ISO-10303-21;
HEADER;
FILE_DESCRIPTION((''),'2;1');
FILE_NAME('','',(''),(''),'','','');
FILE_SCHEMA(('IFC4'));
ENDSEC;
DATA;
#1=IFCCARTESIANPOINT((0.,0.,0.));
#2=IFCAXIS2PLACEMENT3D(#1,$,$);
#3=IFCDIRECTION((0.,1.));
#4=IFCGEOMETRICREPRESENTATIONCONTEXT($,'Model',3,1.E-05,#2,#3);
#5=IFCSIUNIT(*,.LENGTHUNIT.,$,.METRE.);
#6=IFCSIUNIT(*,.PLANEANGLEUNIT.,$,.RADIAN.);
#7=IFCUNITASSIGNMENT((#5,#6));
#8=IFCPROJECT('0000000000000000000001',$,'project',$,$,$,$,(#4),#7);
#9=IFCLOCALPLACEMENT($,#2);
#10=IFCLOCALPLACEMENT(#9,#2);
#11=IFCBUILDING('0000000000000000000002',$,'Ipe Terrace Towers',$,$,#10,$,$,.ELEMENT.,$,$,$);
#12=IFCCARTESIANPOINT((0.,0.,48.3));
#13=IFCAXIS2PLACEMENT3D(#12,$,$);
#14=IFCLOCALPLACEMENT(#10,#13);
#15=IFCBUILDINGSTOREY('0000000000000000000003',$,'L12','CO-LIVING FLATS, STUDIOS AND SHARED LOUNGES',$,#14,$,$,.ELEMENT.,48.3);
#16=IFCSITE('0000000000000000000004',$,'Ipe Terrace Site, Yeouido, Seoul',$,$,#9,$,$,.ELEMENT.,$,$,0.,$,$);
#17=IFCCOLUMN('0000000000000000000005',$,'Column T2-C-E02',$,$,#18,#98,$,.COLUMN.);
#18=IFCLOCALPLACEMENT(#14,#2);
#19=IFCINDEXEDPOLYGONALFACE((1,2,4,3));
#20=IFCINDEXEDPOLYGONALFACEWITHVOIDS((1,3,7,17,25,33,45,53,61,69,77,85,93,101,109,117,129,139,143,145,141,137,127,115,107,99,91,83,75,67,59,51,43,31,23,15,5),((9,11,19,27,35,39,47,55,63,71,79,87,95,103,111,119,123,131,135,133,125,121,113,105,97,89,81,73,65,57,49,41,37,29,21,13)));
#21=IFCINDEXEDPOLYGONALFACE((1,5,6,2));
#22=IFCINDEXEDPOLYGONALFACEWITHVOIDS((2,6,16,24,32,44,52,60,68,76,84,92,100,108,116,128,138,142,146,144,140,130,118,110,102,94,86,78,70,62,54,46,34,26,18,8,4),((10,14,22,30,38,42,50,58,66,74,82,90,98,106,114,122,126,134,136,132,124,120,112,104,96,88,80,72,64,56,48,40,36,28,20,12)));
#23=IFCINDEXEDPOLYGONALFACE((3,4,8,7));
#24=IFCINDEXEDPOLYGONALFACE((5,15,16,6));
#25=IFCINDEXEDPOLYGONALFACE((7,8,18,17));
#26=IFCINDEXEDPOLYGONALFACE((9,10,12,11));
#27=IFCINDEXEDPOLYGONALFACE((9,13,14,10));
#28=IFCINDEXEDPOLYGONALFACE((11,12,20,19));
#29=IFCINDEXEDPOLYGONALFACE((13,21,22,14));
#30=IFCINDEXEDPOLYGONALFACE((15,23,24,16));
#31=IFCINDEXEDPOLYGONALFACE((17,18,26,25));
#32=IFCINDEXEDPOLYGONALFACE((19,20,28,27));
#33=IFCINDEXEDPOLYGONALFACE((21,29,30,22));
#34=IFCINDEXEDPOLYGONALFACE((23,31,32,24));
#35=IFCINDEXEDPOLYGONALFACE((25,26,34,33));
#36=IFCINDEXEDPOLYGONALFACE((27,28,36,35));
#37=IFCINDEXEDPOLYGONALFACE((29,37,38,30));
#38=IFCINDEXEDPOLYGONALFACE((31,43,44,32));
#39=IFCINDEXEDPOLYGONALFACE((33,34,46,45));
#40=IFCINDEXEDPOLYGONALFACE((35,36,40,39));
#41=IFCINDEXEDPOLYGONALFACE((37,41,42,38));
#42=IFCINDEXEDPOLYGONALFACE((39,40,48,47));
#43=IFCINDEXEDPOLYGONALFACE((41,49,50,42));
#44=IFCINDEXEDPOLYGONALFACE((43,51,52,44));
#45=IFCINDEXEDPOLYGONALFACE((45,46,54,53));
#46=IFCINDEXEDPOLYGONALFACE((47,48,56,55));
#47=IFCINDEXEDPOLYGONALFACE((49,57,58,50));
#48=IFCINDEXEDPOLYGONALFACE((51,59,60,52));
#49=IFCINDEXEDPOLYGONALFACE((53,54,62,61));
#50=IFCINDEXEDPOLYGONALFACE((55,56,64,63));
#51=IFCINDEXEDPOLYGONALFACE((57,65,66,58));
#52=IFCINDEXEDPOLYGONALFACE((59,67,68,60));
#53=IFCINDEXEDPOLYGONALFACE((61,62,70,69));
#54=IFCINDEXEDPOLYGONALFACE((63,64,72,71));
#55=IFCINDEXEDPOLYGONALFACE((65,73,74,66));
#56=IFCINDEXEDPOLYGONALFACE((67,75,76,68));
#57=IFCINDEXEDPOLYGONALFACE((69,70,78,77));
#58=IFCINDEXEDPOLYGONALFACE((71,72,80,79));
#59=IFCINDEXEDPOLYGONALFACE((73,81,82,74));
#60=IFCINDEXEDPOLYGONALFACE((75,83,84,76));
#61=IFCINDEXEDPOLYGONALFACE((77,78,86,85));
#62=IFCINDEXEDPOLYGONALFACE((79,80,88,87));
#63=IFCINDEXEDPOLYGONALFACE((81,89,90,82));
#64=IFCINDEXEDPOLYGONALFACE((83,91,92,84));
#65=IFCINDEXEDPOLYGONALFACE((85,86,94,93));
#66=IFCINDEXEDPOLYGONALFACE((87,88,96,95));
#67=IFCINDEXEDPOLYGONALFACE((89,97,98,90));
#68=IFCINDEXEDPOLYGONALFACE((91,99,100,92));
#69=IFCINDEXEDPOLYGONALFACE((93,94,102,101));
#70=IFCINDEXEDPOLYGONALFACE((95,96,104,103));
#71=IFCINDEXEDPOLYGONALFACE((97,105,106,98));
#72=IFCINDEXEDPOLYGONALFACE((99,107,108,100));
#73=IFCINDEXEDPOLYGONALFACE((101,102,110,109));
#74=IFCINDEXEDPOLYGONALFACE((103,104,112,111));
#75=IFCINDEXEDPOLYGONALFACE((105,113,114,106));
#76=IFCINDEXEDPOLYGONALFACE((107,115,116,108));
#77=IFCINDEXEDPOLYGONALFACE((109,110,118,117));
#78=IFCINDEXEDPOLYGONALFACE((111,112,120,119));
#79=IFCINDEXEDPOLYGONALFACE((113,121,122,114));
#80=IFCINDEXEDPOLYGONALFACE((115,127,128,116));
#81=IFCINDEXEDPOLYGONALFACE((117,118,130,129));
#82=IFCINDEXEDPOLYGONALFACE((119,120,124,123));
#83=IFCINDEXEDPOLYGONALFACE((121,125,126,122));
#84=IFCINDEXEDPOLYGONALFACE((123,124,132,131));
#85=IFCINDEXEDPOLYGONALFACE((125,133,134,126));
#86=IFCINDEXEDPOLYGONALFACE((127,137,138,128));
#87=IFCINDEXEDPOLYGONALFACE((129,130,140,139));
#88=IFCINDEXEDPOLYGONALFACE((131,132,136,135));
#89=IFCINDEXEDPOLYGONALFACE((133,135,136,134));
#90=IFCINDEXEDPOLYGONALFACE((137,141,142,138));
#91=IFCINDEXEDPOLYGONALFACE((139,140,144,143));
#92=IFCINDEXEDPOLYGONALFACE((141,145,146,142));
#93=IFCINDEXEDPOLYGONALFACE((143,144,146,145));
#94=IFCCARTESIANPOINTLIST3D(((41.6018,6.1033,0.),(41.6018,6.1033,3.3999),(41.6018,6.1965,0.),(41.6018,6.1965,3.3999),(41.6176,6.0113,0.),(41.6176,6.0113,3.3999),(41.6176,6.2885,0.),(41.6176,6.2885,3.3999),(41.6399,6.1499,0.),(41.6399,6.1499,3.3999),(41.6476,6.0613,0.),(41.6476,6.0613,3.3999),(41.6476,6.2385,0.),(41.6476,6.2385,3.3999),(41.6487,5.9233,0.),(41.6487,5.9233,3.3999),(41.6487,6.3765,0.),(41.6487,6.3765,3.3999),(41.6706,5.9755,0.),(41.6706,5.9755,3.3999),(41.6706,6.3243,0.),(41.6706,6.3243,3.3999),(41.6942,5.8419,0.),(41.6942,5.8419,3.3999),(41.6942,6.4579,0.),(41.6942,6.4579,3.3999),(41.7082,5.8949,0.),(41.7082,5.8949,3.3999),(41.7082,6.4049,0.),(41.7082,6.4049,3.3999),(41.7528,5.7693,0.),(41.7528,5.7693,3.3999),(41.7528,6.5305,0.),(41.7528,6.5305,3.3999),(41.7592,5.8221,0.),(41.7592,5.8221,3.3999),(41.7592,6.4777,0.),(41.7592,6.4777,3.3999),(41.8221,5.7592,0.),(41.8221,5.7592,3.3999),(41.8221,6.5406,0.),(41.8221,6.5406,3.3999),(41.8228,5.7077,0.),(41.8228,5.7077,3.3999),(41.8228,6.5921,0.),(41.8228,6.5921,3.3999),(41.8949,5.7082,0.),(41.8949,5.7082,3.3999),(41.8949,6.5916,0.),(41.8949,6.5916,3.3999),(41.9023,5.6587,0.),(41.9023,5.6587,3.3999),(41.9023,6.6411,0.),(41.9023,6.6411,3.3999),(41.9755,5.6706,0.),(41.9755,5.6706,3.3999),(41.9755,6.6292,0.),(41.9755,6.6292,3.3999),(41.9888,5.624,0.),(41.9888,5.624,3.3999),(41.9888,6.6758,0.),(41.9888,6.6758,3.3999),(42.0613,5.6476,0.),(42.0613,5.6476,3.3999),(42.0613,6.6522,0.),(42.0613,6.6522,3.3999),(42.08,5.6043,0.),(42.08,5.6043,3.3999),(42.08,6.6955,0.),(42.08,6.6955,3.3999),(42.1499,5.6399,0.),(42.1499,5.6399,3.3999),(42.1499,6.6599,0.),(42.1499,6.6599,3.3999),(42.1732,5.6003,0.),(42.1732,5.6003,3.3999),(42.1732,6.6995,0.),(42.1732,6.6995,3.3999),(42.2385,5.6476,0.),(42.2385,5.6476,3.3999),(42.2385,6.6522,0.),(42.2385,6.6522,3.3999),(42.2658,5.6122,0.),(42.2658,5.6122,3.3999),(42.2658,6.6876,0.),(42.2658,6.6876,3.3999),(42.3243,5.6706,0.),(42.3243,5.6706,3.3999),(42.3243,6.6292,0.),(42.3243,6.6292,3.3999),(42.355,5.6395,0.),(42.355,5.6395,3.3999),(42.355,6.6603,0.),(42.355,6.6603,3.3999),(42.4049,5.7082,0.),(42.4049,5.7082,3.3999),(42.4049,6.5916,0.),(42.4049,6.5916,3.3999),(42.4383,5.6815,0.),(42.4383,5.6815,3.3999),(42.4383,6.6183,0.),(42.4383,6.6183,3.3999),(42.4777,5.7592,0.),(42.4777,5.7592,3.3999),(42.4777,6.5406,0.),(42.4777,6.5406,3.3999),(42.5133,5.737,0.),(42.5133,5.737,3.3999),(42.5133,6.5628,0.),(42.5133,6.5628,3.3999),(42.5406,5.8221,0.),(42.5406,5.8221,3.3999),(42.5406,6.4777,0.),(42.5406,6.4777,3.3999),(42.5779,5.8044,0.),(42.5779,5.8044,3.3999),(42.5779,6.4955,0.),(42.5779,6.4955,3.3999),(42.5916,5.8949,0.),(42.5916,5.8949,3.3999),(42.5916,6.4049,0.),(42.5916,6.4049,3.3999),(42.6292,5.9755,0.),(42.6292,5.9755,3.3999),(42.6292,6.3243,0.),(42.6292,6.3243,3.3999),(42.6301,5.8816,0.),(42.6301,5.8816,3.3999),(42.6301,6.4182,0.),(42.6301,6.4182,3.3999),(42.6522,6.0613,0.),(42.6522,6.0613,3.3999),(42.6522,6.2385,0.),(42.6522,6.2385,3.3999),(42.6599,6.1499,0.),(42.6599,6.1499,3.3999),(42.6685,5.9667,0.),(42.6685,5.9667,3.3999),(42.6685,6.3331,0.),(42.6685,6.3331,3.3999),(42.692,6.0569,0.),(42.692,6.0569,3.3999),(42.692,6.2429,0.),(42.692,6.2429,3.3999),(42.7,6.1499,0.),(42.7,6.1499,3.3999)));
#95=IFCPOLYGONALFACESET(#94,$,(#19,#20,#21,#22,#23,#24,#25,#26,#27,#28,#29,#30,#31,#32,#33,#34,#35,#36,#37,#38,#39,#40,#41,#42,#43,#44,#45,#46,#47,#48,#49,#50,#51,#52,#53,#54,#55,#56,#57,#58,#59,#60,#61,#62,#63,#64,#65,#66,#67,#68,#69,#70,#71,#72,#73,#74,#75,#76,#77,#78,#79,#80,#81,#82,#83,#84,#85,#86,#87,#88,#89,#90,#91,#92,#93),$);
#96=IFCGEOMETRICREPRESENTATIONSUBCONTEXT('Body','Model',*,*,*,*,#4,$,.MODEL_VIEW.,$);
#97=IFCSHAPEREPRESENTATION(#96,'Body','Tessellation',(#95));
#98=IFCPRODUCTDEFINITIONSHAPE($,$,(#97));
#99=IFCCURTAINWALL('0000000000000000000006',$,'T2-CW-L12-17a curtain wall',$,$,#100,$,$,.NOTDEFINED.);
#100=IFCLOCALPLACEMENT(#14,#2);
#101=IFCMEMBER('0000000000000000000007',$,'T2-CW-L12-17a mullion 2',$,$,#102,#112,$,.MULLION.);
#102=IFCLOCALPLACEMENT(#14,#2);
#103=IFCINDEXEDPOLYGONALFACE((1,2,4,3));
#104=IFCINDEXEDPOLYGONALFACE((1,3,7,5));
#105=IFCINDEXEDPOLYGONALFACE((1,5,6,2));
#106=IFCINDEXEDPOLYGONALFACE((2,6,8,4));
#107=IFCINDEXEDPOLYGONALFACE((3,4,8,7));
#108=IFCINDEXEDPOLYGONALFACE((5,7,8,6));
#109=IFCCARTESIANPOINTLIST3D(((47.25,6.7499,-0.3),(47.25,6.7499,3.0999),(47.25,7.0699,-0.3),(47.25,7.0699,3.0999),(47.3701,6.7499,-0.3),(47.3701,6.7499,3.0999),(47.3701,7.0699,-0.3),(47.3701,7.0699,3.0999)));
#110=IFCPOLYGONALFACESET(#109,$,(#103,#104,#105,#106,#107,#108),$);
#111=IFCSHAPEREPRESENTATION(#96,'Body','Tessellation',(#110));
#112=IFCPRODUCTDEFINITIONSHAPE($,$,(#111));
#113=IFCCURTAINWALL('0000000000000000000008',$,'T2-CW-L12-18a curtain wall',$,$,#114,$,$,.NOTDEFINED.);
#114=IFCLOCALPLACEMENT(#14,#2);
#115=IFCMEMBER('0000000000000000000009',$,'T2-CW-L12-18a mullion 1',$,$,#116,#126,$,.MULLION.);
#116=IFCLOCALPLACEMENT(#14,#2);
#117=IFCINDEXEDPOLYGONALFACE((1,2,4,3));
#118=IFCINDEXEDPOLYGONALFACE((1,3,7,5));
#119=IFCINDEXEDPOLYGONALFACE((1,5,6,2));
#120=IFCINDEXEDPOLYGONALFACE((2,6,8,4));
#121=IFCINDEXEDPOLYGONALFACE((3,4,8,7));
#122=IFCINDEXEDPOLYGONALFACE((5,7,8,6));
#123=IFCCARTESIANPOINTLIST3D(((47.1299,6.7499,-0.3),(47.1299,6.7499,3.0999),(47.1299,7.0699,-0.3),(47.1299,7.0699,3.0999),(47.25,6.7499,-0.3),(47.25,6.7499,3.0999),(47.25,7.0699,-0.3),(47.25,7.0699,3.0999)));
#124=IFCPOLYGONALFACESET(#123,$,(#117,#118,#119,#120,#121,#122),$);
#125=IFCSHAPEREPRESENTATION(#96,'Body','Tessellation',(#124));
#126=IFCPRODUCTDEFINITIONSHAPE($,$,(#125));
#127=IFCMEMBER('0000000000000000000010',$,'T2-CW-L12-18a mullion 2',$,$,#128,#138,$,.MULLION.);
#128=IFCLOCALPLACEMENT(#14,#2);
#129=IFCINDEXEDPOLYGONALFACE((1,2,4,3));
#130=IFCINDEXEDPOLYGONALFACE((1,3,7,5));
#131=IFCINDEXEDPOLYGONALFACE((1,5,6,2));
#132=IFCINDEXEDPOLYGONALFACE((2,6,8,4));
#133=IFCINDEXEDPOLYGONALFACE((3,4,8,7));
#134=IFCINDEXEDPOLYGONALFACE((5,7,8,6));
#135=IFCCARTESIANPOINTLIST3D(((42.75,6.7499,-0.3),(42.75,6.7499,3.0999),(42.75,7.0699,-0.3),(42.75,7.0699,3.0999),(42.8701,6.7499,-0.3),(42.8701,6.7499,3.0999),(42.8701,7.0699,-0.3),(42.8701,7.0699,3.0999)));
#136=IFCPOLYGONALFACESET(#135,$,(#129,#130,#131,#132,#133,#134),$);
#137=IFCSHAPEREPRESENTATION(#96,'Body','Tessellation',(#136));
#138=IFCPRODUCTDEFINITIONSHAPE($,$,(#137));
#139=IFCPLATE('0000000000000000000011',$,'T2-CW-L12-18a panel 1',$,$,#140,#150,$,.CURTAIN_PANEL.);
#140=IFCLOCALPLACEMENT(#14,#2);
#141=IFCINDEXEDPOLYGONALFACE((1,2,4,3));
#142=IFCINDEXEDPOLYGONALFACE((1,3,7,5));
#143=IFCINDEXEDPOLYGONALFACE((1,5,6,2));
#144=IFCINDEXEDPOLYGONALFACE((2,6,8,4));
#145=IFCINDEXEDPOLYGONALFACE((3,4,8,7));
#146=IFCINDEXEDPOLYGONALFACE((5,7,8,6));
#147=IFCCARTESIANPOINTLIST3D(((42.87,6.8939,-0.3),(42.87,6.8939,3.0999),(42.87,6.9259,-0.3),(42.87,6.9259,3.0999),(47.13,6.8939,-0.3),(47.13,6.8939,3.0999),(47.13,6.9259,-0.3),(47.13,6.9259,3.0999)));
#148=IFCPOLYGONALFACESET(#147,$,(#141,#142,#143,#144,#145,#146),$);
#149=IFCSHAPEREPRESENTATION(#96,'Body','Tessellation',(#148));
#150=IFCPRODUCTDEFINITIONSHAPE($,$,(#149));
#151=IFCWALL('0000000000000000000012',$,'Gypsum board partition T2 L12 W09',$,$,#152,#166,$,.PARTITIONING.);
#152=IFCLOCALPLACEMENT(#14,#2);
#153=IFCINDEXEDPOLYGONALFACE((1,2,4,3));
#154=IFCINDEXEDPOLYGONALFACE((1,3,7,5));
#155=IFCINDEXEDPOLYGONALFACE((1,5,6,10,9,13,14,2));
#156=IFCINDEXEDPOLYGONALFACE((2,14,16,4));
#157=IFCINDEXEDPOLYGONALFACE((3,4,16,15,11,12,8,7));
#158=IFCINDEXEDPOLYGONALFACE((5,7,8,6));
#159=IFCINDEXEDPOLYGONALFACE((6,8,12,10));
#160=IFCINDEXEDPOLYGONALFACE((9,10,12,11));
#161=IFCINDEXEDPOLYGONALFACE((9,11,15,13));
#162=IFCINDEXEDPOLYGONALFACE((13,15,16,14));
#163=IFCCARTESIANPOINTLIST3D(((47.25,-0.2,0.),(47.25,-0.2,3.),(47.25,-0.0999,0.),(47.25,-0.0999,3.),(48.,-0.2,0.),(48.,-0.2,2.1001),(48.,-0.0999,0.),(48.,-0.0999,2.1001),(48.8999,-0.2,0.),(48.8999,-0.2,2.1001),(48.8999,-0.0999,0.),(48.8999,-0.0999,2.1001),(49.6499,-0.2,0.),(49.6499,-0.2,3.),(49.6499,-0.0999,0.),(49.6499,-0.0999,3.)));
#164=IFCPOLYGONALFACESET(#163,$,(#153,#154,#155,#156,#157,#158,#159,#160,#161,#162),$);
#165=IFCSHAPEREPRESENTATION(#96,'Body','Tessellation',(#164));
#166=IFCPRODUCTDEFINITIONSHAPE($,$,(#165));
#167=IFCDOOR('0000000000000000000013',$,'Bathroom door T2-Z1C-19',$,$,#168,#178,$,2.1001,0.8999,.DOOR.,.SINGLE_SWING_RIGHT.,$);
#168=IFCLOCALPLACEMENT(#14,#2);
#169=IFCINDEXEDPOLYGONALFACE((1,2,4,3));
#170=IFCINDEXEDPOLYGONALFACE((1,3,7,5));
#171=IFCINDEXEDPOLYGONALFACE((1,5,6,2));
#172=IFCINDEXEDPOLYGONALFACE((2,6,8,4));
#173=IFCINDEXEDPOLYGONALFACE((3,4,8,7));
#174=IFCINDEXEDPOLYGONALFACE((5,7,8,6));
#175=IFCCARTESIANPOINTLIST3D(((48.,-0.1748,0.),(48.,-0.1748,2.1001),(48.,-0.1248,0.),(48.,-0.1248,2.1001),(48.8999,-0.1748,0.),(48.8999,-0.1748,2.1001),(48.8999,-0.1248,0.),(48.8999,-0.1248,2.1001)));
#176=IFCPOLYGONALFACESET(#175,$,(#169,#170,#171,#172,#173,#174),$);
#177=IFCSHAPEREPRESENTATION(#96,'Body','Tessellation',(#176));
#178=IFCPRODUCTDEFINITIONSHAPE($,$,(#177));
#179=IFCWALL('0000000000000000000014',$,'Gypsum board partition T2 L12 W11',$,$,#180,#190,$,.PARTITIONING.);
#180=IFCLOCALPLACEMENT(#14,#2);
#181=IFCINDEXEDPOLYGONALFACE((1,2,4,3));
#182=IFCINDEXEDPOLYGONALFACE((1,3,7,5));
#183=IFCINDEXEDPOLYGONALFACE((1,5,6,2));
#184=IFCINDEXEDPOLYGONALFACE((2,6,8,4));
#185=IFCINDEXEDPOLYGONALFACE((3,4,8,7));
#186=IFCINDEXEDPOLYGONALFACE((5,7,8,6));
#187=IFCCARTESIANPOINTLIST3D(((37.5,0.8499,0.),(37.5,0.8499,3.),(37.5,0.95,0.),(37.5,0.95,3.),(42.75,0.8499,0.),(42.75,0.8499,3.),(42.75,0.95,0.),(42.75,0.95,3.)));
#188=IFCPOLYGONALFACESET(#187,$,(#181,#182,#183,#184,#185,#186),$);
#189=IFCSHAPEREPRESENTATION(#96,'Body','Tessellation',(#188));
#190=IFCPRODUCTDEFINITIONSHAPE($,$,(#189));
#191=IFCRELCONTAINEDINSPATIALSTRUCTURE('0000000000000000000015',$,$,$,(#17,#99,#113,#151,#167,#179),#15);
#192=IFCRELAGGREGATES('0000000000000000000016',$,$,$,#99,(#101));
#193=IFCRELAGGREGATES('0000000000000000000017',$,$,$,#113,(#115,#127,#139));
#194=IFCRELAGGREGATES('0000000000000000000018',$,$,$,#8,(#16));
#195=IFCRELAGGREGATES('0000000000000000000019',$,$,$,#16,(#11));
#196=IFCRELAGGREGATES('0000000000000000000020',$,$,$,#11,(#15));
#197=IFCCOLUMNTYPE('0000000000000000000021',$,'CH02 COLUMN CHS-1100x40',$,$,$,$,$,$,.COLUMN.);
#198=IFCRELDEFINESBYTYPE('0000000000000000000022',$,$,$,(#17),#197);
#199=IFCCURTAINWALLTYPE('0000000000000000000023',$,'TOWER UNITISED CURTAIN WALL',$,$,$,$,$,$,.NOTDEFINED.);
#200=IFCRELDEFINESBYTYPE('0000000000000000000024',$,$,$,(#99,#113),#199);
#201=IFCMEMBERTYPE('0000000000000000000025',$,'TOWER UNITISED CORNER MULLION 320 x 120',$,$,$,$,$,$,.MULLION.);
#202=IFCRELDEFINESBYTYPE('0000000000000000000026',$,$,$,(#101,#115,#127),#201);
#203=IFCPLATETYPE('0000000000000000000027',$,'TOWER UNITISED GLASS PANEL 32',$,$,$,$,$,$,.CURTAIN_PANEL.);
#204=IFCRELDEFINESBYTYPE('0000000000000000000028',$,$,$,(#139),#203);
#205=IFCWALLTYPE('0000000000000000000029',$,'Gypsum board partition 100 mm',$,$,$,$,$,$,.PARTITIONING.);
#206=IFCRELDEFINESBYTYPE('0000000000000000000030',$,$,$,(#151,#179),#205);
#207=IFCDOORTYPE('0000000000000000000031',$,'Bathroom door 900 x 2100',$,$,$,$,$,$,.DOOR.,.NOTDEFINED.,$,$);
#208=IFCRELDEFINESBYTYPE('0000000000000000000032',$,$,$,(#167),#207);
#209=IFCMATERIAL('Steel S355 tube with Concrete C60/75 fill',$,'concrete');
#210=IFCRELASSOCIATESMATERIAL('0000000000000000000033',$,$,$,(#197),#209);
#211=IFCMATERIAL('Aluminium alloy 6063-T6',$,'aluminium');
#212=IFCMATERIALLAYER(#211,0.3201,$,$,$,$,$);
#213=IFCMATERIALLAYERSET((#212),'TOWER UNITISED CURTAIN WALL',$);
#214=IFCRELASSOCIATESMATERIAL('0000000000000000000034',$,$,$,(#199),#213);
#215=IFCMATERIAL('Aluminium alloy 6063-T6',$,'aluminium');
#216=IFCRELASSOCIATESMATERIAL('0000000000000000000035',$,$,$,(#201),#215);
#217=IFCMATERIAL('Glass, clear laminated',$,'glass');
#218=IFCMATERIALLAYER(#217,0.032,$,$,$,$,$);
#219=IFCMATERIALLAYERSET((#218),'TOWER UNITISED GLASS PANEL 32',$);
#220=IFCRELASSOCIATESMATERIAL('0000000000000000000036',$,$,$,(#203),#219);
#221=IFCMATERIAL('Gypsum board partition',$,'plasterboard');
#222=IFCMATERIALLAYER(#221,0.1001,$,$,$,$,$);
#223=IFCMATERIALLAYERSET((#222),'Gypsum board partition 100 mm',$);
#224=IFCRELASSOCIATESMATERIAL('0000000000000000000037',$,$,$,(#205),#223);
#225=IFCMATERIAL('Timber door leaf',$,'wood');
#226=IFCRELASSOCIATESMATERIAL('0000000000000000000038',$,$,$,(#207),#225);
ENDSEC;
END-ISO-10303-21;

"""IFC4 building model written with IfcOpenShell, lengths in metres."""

from ifc_helpers import new_model, si_unit, direction, frame, frame_2d, origin, origin_2d, place, context, subcontext, project, spatial, rectangle, hollow_circle, extrude, material, layer, layer_set, material_profile, profile_set, type_object, element, fill, aggregate, save


model = new_model("IFC4")

# Units and contexts
model_context = context("Model", 3, precision=1e-05, world=origin(), true_north=direction((0.0, 1.0)))
body_context = subcontext(model_context, "Body", "Model", "MODEL_VIEW")
ifc_project = project(units=[si_unit("LENGTHUNIT", "METRE"), si_unit("PLANEANGLEUNIT", "RADIAN")], contexts=[model_context])

# Site, building, storey
site_placement = place(None, origin())
site = spatial("IfcSite", under=ifc_project, at=site_placement, Name="Ipe Terrace Site, Yeouido, Seoul", CompositionType="ELEMENT", RefElevation=0.0)
building_placement = place(site_placement, origin())
building = spatial("IfcBuilding", under=site, at=building_placement, Name="Ipe Terrace Towers", CompositionType="ELEMENT")
storey_placement = place(building_placement, frame((0.0, 0.0, 48.3)))
storey = spatial("IfcBuildingStorey", under=building, at=storey_placement, Name="L12", Description="CO-LIVING FLATS, STUDIOS AND SHARED LOUNGES", CompositionType="ELEMENT", Elevation=48.3)

# Column
ifc_material_1 = material(Name="Steel S355 tube with Concrete C60/75 fill", Category="concrete")
ifc_material_profile_1 = material_profile(ifc_material_1, hollow_circle(Radius=0.55, WallThickness=0.04, at=origin_2d()), Name="CHS-1100x40")
ifc_profile_set_1 = profile_set([ifc_material_profile_1], Name="Steel S355 tube with Concrete C60/75 fill")
column_type = type_object("IfcColumnType", Name="CH02 COLUMN CHS-1100x40", PredefinedType="COLUMN", material=ifc_profile_set_1)
column_placement = place(storey_placement, frame((42.1499, 6.1499, 0.0), z_axis=(0.0, 0.0, 1.0), x_axis=(1.0, 0.0, 0.0)))
element("IfcColumn", 1, at=column_placement, inside=storey, type_object=column_type, Name="Column T2-C-E02", PredefinedType="COLUMN", context=body_context, shape_type="SweptSolid", body=[
    extrude(hollow_circle(Radius=0.55, WallThickness=0.04, at=origin_2d()), origin(), (0.0, 0.0, 1.0), 3.3999),
])

# Curtain wall, member
ifc_material_2 = material(Name="Aluminium alloy 6063-T6", Category="aluminium")
ifc_layer_1 = layer(ifc_material_2, 0.3201)
ifc_layer_set_1 = layer_set([ifc_layer_1], Name="TOWER UNITISED CURTAIN WALL")
curtain_wall_type = type_object("IfcCurtainWallType", Name="TOWER UNITISED CURTAIN WALL", PredefinedType="NOTDEFINED", material=ifc_layer_set_1)
curtain_wall_1_placement = place(storey_placement, origin())
curtain_wall_1 = element("IfcCurtainWall", 2, at=curtain_wall_1_placement, inside=storey, type_object=curtain_wall_type, Name="T2-CW-L12-17a curtain wall", PredefinedType="NOTDEFINED")
ifc_material_3 = material(Name="Aluminium alloy 6063-T6", Category="aluminium")
ifc_material_profile_2 = material_profile(ifc_material_3, rectangle(XDim=0.3201, YDim=0.1201, at=origin_2d()), Name="TOWER UNITISED CORNER MULLION 320 x 120")
ifc_profile_set_2 = profile_set([ifc_material_profile_2], Name="Aluminium alloy 6063-T6")
member_type = type_object("IfcMemberType", Name="TOWER UNITISED CORNER MULLION 320 x 120", PredefinedType="MULLION", material=ifc_profile_set_2)
member_1_placement = place(storey_placement, frame((47.3101, 6.9099, -0.3), z_axis=(0.0, 0.0, 1.0), x_axis=(0.0, 1.0, 0.0)))
member_1 = element("IfcMember", 3, at=member_1_placement, type_object=member_type, Name="T2-CW-L12-17a mullion 2", PredefinedType="MULLION", context=body_context, shape_type="SweptSolid", body=[
    extrude(rectangle(XDim=0.3201, YDim=0.1201, at=origin_2d()), origin(), (0.0, 0.0, 1.0), 3.3999),
])
aggregate(curtain_wall_1, [member_1])

# Curtain wall, members, plate
curtain_wall_2_placement = place(storey_placement, origin())
curtain_wall_2 = element("IfcCurtainWall", 4, at=curtain_wall_2_placement, inside=storey, type_object=curtain_wall_type, Name="T2-CW-L12-18a curtain wall", PredefinedType="NOTDEFINED")
member_2_placement = place(storey_placement, frame((47.1899, 6.9099, -0.3), z_axis=(0.0, 0.0, 1.0), x_axis=(0.0, 1.0, 0.0)))
member_2 = element("IfcMember", 5, at=member_2_placement, type_object=member_type, Name="T2-CW-L12-18a mullion 1", PredefinedType="MULLION", context=body_context, shape_type="SweptSolid", body=[
    extrude(rectangle(XDim=0.3201, YDim=0.1201, at=origin_2d()), origin(), (0.0, 0.0, 1.0), 3.3999),
])
member_3_placement = place(storey_placement, frame((42.8101, 6.9099, -0.3), z_axis=(0.0, 0.0, 1.0), x_axis=(0.0, 1.0, 0.0)))
member_3 = element("IfcMember", 6, at=member_3_placement, type_object=member_type, Name="T2-CW-L12-18a mullion 2", PredefinedType="MULLION", context=body_context, shape_type="SweptSolid", body=[
    extrude(rectangle(XDim=0.3201, YDim=0.1201, at=origin_2d()), origin(), (0.0, 0.0, 1.0), 3.3999),
])
ifc_material_4 = material(Name="Glass, clear laminated", Category="glass")
ifc_layer_2 = layer(ifc_material_4, 0.032)
ifc_layer_set_2 = layer_set([ifc_layer_2], Name="TOWER UNITISED GLASS PANEL 32")
plate_type = type_object("IfcPlateType", Name="TOWER UNITISED GLASS PANEL 32", PredefinedType="CURTAIN_PANEL", material=ifc_layer_set_2)
plate_placement = place(storey_placement, frame((45.0, 6.9099, -0.3), z_axis=(0.0, 0.0, 1.0), x_axis=(-1.0, 0.0, 0.0)))
plate = element("IfcPlate", 7, at=plate_placement, type_object=plate_type, Name="T2-CW-L12-18a panel 1", PredefinedType="CURTAIN_PANEL", context=body_context, shape_type="SweptSolid", body=[
    extrude(rectangle(XDim=4.26, YDim=0.032, at=origin_2d()), origin(), (0.0, 0.0, 1.0), 3.3999),
])
aggregate(curtain_wall_2, [member_2, member_3, plate])

# Wall, opening, door
ifc_material_5 = material(Name="Gypsum board partition", Category="plasterboard")
ifc_layer_3 = layer(ifc_material_5, 0.1001)
ifc_layer_set_3 = layer_set([ifc_layer_3], Name="Gypsum board partition 100 mm")
wall_type = type_object("IfcWallType", Name="Gypsum board partition 100 mm", PredefinedType="PARTITIONING", material=ifc_layer_set_3)
wall_1_placement = place(storey_placement, frame((49.6499, -0.1499, 0.0), z_axis=(0.0, 0.0, 1.0), x_axis=(-1.0, 0.0, 0.0)))
wall_1 = element("IfcWall", 8, at=wall_1_placement, inside=storey, type_object=wall_type, Name="Gypsum board partition T2 L12 W09", PredefinedType="PARTITIONING", context=body_context, shape_type="SweptSolid", body=[
    extrude(rectangle(XDim=2.3999, YDim=0.1001, at=frame_2d((1.2, 0.0))), origin(), (0.0, 0.0, 1.0), 3.0),
])
opening_1_placement = place(wall_1_placement, frame((0.75, 0.0, 0.0)))
opening_1 = element("IfcOpeningElement", 9, at=opening_1_placement, cuts=wall_1, PredefinedType="OPENING", context=body_context, shape_type="SweptSolid", body=[
    extrude(rectangle(XDim=0.8999, YDim=2.1001, at=frame_2d((0.45, 1.05))), frame((0.0, 0.0601, 0.0), z_axis=(0.0, -1.0, 0.0), x_axis=(1.0, 0.0, 0.0)), (0.0, 0.0, 1.0), 0.1201),
])
ifc_material_6 = material(Name="Timber door leaf", Category="wood")
door_type_1 = type_object("IfcDoorType", Name="Bathroom door 900 x 2100", OperationType="NOTDEFINED", PredefinedType="DOOR", material=ifc_material_6)
door_1_placement = place(opening_1_placement, origin())
door_1 = element("IfcDoor", 10, at=door_1_placement, inside=storey, type_object=door_type_1, Name="Bathroom door T2-Z1C-19", OperationType="SINGLE_SWING_RIGHT", OverallHeight=2.1001, OverallWidth=0.8999, PredefinedType="DOOR", context=body_context, shape_type="SweptSolid", body=[
    extrude(rectangle(XDim=0.8999, YDim=2.1001, at=frame_2d((0.45, 1.05))), frame((0.0, 0.0249, 0.0), z_axis=(0.0, -1.0, 0.0), x_axis=(1.0, 0.0, 0.0)), (0.0, 0.0, 1.0), 0.05),
])
fill(opening_1, door_1)

# Wall
wall_2_placement = place(storey_placement, frame((42.75, 0.8999, 0.0), z_axis=(0.0, 0.0, 1.0), x_axis=(-1.0, 0.0, 0.0)))
element("IfcWall", 11, at=wall_2_placement, inside=storey, type_object=wall_type, Name="Gypsum board partition T2 L12 W11", PredefinedType="PARTITIONING", context=body_context, shape_type="SweptSolid", body=[
    extrude(rectangle(XDim=5.25, YDim=0.1001, at=frame_2d((2.625, 0.0))), origin(), (0.0, 0.0, 1.0), 3.0),
])

save(model, "model.ifc")
